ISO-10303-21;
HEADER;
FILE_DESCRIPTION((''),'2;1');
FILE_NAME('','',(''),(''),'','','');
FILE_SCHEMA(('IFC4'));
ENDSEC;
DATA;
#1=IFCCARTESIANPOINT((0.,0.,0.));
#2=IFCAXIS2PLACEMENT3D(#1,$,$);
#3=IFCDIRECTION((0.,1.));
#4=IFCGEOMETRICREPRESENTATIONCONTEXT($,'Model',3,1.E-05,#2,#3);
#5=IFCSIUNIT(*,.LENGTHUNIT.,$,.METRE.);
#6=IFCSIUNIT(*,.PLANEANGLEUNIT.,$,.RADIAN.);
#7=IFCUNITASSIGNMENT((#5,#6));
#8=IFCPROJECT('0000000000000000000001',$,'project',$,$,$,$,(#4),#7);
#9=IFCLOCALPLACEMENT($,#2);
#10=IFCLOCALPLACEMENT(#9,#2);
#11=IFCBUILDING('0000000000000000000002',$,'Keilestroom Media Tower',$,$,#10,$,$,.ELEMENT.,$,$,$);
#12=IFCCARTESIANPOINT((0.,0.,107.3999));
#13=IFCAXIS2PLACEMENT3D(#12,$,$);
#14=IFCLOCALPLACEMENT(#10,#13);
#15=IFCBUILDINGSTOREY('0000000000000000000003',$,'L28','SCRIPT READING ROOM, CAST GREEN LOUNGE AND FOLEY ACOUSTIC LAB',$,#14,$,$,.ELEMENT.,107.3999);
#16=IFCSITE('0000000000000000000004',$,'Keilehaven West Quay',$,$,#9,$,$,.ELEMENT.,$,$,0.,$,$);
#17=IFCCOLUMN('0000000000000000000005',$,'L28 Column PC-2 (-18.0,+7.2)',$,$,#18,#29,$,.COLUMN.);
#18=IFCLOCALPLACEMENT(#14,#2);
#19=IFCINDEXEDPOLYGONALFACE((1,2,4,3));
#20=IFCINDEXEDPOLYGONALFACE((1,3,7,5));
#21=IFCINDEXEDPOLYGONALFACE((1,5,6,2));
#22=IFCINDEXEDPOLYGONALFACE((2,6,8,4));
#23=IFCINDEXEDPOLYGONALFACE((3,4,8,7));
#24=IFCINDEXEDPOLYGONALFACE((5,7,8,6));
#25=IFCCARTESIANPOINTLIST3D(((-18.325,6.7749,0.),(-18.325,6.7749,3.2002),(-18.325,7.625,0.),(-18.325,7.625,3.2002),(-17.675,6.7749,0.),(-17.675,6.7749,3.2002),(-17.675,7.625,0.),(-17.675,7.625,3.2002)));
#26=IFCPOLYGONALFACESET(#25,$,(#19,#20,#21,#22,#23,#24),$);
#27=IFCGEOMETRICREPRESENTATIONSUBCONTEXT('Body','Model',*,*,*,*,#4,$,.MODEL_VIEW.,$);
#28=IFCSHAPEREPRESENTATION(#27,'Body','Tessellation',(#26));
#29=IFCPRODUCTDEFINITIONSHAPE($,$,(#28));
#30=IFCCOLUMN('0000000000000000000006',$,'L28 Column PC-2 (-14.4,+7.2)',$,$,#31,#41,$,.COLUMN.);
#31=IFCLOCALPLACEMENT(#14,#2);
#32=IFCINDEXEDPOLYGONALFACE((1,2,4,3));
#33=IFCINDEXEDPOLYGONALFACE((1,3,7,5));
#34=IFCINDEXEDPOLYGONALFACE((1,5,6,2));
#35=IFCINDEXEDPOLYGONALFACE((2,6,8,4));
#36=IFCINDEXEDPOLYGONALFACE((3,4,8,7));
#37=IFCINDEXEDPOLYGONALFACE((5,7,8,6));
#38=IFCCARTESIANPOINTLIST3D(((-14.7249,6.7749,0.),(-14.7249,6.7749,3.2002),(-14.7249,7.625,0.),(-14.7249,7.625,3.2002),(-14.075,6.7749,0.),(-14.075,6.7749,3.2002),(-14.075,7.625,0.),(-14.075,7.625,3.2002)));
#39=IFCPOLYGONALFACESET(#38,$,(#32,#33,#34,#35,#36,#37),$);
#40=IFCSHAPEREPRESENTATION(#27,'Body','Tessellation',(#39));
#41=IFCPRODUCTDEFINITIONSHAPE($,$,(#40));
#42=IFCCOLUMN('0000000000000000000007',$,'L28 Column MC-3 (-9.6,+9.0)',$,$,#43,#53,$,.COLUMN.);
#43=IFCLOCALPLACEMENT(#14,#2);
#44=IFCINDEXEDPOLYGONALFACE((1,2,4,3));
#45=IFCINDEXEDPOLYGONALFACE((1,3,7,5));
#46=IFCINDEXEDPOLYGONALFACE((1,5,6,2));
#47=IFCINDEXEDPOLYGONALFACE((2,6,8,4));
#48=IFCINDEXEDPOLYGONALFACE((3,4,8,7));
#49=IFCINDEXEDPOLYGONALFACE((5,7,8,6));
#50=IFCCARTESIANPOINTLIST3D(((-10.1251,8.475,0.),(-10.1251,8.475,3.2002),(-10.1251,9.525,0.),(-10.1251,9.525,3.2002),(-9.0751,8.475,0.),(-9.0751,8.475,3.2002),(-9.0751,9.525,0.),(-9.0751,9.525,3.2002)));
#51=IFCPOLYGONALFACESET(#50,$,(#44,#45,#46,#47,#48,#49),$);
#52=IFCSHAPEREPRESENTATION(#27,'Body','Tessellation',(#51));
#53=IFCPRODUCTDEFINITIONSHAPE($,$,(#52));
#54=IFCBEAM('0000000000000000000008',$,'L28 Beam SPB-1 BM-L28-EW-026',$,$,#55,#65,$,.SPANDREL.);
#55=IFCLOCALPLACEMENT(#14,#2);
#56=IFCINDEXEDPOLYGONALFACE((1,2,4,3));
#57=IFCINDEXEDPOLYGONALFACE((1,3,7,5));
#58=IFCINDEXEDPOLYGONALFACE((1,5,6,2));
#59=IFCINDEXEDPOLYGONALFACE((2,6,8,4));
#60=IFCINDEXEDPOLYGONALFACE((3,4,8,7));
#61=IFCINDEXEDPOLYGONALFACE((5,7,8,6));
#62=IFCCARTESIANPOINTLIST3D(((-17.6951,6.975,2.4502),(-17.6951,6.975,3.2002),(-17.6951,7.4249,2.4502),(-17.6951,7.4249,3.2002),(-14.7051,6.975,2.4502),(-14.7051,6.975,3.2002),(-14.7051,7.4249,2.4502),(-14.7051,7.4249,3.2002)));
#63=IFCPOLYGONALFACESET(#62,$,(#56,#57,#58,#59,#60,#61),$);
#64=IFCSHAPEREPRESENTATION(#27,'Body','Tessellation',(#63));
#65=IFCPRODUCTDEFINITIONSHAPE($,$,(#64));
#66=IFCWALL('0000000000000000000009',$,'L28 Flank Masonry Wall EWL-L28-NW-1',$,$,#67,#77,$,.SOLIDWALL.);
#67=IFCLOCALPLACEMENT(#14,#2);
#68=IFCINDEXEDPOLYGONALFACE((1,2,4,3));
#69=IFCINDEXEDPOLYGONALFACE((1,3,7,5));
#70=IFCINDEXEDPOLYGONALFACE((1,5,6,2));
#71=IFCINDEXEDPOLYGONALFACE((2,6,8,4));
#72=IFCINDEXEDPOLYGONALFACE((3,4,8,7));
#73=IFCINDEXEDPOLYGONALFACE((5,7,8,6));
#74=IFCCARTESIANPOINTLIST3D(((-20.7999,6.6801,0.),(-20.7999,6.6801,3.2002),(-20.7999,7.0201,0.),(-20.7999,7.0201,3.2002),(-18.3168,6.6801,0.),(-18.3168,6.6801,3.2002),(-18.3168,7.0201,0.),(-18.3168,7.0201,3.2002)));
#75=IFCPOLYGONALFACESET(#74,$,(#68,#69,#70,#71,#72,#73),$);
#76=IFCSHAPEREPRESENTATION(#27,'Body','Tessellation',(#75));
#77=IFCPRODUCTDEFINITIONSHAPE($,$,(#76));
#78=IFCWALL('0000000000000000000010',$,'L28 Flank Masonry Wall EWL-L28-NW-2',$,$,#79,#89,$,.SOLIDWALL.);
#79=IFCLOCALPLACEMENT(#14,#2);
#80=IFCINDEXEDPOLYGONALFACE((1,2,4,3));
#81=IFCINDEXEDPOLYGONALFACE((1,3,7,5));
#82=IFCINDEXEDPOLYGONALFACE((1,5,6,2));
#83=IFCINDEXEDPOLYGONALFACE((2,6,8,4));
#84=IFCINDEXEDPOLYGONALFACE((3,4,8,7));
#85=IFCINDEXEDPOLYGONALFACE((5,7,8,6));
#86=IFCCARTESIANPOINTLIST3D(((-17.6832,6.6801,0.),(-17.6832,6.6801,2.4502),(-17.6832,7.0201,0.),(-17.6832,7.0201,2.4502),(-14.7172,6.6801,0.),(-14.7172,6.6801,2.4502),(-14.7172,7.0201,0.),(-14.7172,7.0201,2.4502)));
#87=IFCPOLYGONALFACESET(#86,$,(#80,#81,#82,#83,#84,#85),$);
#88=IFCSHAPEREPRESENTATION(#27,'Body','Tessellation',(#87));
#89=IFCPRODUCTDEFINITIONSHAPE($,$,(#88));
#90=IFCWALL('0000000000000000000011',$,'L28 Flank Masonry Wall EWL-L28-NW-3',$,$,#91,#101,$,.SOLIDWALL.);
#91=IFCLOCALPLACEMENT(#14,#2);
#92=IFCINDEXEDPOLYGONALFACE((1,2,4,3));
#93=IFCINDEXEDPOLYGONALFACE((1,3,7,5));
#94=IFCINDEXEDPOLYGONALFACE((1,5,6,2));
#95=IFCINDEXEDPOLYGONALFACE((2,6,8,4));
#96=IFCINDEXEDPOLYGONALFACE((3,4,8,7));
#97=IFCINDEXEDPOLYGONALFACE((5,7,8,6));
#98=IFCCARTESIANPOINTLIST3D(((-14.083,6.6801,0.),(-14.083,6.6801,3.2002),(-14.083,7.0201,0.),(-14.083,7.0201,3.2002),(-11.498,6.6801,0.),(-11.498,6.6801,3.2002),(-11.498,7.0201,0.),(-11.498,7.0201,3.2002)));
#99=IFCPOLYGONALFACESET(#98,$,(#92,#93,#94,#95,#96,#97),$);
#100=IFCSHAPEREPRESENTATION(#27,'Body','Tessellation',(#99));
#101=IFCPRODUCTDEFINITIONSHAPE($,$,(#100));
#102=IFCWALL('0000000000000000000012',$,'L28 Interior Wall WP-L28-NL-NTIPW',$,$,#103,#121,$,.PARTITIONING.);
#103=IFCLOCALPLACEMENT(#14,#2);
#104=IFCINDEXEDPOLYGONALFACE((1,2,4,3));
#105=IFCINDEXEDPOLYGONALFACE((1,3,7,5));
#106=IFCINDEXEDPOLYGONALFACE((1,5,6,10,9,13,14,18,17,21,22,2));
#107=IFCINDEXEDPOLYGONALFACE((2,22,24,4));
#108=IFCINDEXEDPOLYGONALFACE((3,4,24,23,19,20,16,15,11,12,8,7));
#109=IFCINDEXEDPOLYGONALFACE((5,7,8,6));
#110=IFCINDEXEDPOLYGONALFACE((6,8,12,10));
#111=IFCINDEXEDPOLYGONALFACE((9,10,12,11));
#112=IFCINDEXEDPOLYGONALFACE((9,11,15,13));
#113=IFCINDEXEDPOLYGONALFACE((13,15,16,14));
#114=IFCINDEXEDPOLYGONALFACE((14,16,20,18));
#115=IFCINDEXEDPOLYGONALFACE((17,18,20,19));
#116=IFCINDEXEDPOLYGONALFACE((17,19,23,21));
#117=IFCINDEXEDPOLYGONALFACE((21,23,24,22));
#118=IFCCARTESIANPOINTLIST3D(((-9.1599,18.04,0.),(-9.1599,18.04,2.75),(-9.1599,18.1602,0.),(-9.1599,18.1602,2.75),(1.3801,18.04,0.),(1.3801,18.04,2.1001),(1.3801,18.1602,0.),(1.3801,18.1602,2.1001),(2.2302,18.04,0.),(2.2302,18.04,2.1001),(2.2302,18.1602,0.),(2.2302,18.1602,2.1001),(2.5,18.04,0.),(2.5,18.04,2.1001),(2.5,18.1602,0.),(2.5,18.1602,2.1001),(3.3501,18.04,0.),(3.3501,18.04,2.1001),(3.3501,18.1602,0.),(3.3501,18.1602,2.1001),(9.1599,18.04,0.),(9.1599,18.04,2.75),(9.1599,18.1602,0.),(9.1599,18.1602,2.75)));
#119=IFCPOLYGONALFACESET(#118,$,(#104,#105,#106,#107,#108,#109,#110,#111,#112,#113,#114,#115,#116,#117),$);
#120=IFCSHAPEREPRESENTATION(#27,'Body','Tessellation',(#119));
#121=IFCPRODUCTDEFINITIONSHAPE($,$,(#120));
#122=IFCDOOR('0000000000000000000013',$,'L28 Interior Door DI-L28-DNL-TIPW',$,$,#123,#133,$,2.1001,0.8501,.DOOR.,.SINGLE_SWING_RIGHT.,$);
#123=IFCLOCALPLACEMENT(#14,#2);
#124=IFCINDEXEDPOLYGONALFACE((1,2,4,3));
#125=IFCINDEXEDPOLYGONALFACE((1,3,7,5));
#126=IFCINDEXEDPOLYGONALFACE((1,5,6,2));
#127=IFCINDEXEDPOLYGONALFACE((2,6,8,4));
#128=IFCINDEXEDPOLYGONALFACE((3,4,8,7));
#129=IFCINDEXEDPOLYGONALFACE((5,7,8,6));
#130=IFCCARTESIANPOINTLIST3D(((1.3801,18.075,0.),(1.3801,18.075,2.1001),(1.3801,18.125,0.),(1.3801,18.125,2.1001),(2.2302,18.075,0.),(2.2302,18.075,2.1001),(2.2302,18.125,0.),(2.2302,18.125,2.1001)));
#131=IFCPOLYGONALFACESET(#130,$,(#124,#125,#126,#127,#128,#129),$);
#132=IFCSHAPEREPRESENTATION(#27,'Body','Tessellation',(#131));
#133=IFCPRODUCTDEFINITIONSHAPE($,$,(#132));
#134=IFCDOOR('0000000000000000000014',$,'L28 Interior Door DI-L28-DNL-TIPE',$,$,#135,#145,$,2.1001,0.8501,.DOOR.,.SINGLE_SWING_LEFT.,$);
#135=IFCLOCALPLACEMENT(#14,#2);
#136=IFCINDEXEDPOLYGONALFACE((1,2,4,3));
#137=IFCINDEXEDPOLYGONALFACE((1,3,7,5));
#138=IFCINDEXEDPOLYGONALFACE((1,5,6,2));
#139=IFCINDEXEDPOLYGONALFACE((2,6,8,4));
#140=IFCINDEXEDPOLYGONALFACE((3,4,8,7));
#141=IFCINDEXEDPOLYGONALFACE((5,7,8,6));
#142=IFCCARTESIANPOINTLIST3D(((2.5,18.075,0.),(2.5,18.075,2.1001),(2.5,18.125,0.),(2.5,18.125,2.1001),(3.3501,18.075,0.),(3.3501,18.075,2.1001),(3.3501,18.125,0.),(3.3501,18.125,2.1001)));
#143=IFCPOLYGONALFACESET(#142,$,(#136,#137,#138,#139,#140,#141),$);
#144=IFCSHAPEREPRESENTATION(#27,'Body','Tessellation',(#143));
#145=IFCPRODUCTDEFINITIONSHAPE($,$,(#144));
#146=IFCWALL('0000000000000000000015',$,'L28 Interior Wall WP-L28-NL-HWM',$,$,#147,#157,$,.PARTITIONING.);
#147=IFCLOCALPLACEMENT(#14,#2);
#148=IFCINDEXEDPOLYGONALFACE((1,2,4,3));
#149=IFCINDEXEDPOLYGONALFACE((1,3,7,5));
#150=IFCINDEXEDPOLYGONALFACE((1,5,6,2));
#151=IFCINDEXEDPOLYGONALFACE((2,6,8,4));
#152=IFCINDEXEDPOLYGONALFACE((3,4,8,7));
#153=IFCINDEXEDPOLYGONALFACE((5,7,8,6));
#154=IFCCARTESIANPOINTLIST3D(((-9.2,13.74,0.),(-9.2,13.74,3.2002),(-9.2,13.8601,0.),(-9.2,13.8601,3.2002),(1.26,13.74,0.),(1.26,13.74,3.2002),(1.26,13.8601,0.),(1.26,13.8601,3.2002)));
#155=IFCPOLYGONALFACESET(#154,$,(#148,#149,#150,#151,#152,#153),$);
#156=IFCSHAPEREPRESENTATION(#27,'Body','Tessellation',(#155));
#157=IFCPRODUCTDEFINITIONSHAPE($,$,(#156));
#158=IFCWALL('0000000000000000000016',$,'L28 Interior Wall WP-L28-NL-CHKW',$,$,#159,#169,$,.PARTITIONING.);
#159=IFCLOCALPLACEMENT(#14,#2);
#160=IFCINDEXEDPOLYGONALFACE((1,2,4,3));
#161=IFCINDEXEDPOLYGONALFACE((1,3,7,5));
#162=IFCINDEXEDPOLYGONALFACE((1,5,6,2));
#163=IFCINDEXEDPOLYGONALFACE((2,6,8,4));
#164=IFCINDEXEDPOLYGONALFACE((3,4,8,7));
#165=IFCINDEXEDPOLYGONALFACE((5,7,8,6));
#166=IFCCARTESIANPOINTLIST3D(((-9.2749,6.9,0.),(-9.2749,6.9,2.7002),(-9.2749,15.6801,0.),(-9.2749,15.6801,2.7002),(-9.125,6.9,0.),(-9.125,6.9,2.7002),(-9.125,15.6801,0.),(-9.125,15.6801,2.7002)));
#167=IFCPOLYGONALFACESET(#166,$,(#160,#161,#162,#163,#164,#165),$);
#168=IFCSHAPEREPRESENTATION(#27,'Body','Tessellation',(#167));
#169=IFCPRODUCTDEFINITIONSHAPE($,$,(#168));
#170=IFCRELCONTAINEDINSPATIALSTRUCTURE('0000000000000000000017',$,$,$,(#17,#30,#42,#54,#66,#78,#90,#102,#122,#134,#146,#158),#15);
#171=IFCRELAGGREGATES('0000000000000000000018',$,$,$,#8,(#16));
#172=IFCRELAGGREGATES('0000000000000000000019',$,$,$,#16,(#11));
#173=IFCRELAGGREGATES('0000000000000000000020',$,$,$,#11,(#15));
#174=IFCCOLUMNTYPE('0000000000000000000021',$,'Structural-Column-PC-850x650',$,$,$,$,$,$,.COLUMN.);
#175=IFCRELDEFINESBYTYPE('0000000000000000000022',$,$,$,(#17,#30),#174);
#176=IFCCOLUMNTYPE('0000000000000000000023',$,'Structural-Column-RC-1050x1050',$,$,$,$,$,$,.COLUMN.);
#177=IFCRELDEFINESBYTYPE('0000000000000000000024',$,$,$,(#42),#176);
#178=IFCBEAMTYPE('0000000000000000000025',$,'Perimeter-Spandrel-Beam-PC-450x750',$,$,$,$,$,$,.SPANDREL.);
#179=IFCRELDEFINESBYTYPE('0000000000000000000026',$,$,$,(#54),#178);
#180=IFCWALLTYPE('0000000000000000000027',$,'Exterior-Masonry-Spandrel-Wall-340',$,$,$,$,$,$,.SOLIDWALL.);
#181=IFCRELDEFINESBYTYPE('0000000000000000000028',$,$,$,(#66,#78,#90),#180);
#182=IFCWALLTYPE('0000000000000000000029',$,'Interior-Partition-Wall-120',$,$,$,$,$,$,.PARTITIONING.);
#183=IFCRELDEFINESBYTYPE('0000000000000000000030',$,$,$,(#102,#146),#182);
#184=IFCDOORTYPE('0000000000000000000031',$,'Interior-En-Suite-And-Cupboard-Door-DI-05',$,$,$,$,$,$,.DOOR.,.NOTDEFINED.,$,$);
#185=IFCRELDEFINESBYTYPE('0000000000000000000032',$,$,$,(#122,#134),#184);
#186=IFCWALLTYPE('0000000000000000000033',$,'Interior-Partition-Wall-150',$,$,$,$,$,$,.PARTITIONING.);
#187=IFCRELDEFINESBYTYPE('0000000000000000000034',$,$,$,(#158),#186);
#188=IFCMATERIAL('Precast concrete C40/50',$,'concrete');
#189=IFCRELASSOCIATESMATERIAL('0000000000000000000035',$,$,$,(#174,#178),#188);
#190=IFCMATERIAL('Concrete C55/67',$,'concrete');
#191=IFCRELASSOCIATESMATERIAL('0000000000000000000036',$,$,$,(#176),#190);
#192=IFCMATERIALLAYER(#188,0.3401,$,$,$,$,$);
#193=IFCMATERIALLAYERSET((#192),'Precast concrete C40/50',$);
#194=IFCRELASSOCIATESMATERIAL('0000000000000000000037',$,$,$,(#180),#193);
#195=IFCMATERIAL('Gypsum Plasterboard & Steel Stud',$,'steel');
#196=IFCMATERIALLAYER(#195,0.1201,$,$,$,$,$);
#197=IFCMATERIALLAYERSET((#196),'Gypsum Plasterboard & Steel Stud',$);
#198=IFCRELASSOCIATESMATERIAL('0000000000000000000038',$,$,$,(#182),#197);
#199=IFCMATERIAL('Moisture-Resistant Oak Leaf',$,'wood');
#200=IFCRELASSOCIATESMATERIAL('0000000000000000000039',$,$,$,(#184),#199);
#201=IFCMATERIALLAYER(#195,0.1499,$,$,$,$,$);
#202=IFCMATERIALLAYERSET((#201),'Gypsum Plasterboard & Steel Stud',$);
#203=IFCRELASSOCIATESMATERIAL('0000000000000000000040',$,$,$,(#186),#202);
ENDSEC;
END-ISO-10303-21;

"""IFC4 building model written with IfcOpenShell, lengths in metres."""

from ifc_helpers import new_model, si_unit, direction, frame, frame_2d, origin, origin_2d, place, context, subcontext, project, spatial, rectangle, extrude, source, transform, mapped, material, layer, layer_set, material_profile, profile_set, type_object, element, fill, save


model = new_model("IFC4")

# Units and contexts
model_context = context("Model", 3, precision=1e-05, world=origin(), true_north=direction((0.0, 1.0)))
body_context = subcontext(model_context, "Body", "Model", "MODEL_VIEW")
ifc_project = project(units=[si_unit("LENGTHUNIT", "METRE"), si_unit("PLANEANGLEUNIT", "RADIAN")], contexts=[model_context])

# Site, building, storey
site_placement = place(None, origin())
site = spatial("IfcSite", under=ifc_project, at=site_placement, Name="Keilehaven West Quay", CompositionType="ELEMENT", RefElevation=0.0)
building_placement = place(site_placement, origin())
building = spatial("IfcBuilding", under=site, at=building_placement, Name="Keilestroom Media Tower", CompositionType="ELEMENT")
storey_placement = place(building_placement, frame((0.0, 0.0, 107.3999)))
storey = spatial("IfcBuildingStorey", under=building, at=storey_placement, Name="L28", Description="SCRIPT READING ROOM, CAST GREEN LOUNGE AND FOLEY ACOUSTIC LAB", CompositionType="ELEMENT", Elevation=107.3999)

# Columns
ifc_material_1 = material(Name="Precast concrete C40/50", Category="concrete")
ifc_material_profile_1 = material_profile(ifc_material_1, rectangle(XDim=0.6499, YDim=0.8501, at=origin_2d()), Name="PC 850x650")
ifc_profile_set_1 = profile_set([ifc_material_profile_1], Name="Precast concrete C40/50")
column_type_1 = type_object("IfcColumnType", Name="Structural-Column-PC-850x650", PredefinedType="COLUMN", material=ifc_profile_set_1)
shared_shape_1 = source(origin(), body_context, "Body", "SweptSolid", [
    extrude(rectangle(XDim=0.6499, YDim=0.8501, at=origin_2d()), origin(), (0.0, 0.0, 1.0), 3.2002),
])
for number, where, z_axis, x_axis, name in (
    (1, (-18.0, 7.2, 0.0), (0.0, 0.0, 1.0), (1.0, 0.0, 0.0), "L28 Column PC-2 (-18.0,+7.2)"),
    (2, (-14.3999, 7.2, 0.0), (0.0, 0.0, 1.0), (1.0, 0.0, 0.0), "L28 Column PC-2 (-14.4,+7.2)"),
):
    element("IfcColumn", number, at=place(storey_placement, frame(where, z_axis=z_axis, x_axis=x_axis)), inside=storey, type_object=column_type_1, Name=name, PredefinedType="COLUMN", context=body_context, shape_type="MappedRepresentation", body=[
        mapped(shared_shape_1, transform((0.0, 0.0, 0.0), x_axis=(1.0, 0.0, 0.0), y_axis=(0.0, 1.0, 0.0), z_axis=(0.0, 0.0, 1.0), scale=1.0)),
    ])
ifc_material_2 = material(Name="Concrete C55/67", Category="concrete")
ifc_material_profile_2 = material_profile(ifc_material_2, rectangle(XDim=1.05, YDim=1.05, at=origin_2d()), Name="RC 1050x1050")
ifc_profile_set_2 = profile_set([ifc_material_profile_2], Name="Concrete C55/67")
column_type_2 = type_object("IfcColumnType", Name="Structural-Column-RC-1050x1050", PredefinedType="COLUMN", material=ifc_profile_set_2)
shared_shape_2 = source(origin(), body_context, "Body", "SweptSolid", [
    extrude(rectangle(XDim=1.05, YDim=1.05, at=origin_2d()), origin(), (0.0, 0.0, 1.0), 3.2002),
])
column_placement = place(storey_placement, frame((-9.6001, 9.0, 0.0), z_axis=(0.0, 0.0, 1.0), x_axis=(1.0, 0.0, 0.0)))
element("IfcColumn", 3, at=column_placement, inside=storey, type_object=column_type_2, Name="L28 Column MC-3 (-9.6,+9.0)", PredefinedType="COLUMN", context=body_context, shape_type="MappedRepresentation", body=[
    mapped(shared_shape_2, transform((0.0, 0.0, 0.0), x_axis=(1.0, 0.0, 0.0), y_axis=(0.0, 1.0, 0.0), z_axis=(0.0, 0.0, 1.0), scale=1.0)),
])

# Beam
ifc_material_profile_3 = material_profile(ifc_material_1, rectangle(XDim=0.45, YDim=0.75, at=origin_2d()), Name="PC 450x750")
ifc_profile_set_3 = profile_set([ifc_material_profile_3], Name="Precast concrete C40/50")
beam_type = type_object("IfcBeamType", Name="Perimeter-Spandrel-Beam-PC-450x750", PredefinedType="SPANDREL", material=ifc_profile_set_3)
shared_shape_3 = source(origin(), body_context, "Body", "SweptSolid", [
    extrude(rectangle(XDim=0.45, YDim=0.75, at=origin_2d()), origin(), (0.0, 0.0, 1.0), 2.99),
])
beam_placement = place(storey_placement, frame((-17.6951, 7.2, 2.8252), z_axis=(1.0, 0.0, 0.0), x_axis=(0.0, 1.0, 0.0)))
element("IfcBeam", 4, at=beam_placement, inside=storey, type_object=beam_type, Name="L28 Beam SPB-1 BM-L28-EW-026", PredefinedType="SPANDREL", context=body_context, shape_type="MappedRepresentation", body=[
    mapped(shared_shape_3, transform((0.0, 0.0, 0.0), x_axis=(1.0, 0.0, 0.0), y_axis=(0.0, 1.0, 0.0), z_axis=(0.0, 0.0, 1.0), scale=1.0)),
])

# Walls
ifc_layer_1 = layer(ifc_material_1, 0.3401)
ifc_layer_set_1 = layer_set([ifc_layer_1], Name="Precast concrete C40/50")
wall_type_1 = type_object("IfcWallType", Name="Exterior-Masonry-Spandrel-Wall-340", PredefinedType="SOLIDWALL", material=ifc_layer_set_1)
wall_1_placement = place(storey_placement, frame((-20.8, 6.8501, 0.0), z_axis=(0.0, 0.0, 1.0), x_axis=(1.0, 0.0, 0.0)))
element("IfcWall", 5, at=wall_1_placement, inside=storey, type_object=wall_type_1, Name="L28 Flank Masonry Wall EWL-L28-NW-1", PredefinedType="SOLIDWALL", context=body_context, shape_type="SweptSolid", body=[
    extrude(rectangle(XDim=2.4832, YDim=0.3401, at=frame_2d((1.2417, 0.0))), origin(), (0.0, 0.0, 1.0), 3.2002),
])
wall_2_placement = place(storey_placement, frame((-17.6831, 6.8501, 0.0), z_axis=(0.0, 0.0, 1.0), x_axis=(1.0, 0.0, 0.0)))
element("IfcWall", 6, at=wall_2_placement, inside=storey, type_object=wall_type_1, Name="L28 Flank Masonry Wall EWL-L28-NW-2", PredefinedType="SOLIDWALL", context=body_context, shape_type="SweptSolid", body=[
    extrude(rectangle(XDim=2.9661, YDim=0.3401, at=frame_2d((1.4829, 0.0))), origin(), (0.0, 0.0, 1.0), 2.4502),
])
wall_3_placement = place(storey_placement, frame((-14.083, 6.8501, 0.0), z_axis=(0.0, 0.0, 1.0), x_axis=(1.0, 0.0, 0.0)))
element("IfcWall", 7, at=wall_3_placement, inside=storey, type_object=wall_type_1, Name="L28 Flank Masonry Wall EWL-L28-NW-3", PredefinedType="SOLIDWALL", context=body_context, shape_type="SweptSolid", body=[
    extrude(rectangle(XDim=2.585, YDim=0.3401, at=frame_2d((1.2925, 0.0))), origin(), (0.0, 0.0, 1.0), 3.2002),
])

# Wall, openings, doors
ifc_material_3 = material(Name="Gypsum Plasterboard & Steel Stud", Category="steel")
ifc_layer_2 = layer(ifc_material_3, 0.1201)
ifc_layer_set_2 = layer_set([ifc_layer_2], Name="Gypsum Plasterboard & Steel Stud")
wall_type_2 = type_object("IfcWallType", Name="Interior-Partition-Wall-120", PredefinedType="PARTITIONING", material=ifc_layer_set_2)
wall_4_placement = place(storey_placement, frame((-9.1599, 18.1001, 0.0), z_axis=(0.0, 0.0, 1.0), x_axis=(1.0, 0.0, 0.0)))
wall_4 = element("IfcWall", 8, at=wall_4_placement, inside=storey, type_object=wall_type_2, Name="L28 Interior Wall WP-L28-NL-NTIPW", PredefinedType="PARTITIONING", context=body_context, shape_type="SweptSolid", body=[
    extrude(rectangle(XDim=18.3198, YDim=0.1201, at=frame_2d((9.1599, 0.0))), origin(), (0.0, 0.0, 1.0), 2.75),
])
opening_1_placement = place(wall_4_placement, frame((10.54, 0.0, 0.0)))
opening_1 = element("IfcOpeningElement", 9, at=opening_1_placement, cuts=wall_4, PredefinedType="OPENING", context=body_context, shape_type="SweptSolid", body=[
    extrude(rectangle(XDim=0.8501, YDim=2.1001, at=frame_2d((0.425, 1.05))), frame((0.0, 0.0701, 0.0), z_axis=(0.0, -1.0, 0.0), x_axis=(1.0, 0.0, 0.0)), (0.0, 0.0, 1.0), 0.1401),
])
opening_2_placement = place(wall_4_placement, frame((11.6599, 0.0, 0.0)))
opening_2 = element("IfcOpeningElement", 10, at=opening_2_placement, cuts=wall_4, PredefinedType="OPENING", context=body_context, shape_type="SweptSolid", body=[
    extrude(rectangle(XDim=0.8501, YDim=2.1001, at=frame_2d((0.425, 1.05))), frame((0.0, 0.0701, 0.0), z_axis=(0.0, -1.0, 0.0), x_axis=(1.0, 0.0, 0.0)), (0.0, 0.0, 1.0), 0.1401),
])
ifc_material_4 = material(Name="Moisture-Resistant Oak Leaf", Category="wood")
door_type = type_object("IfcDoorType", Name="Interior-En-Suite-And-Cupboard-Door-DI-05", OperationType="NOTDEFINED", PredefinedType="DOOR", material=ifc_material_4)
shared_shape_4 = source(origin(), body_context, "Body", "SweptSolid", [
    extrude(rectangle(XDim=0.8501, YDim=2.1001, at=frame_2d((0.425, 1.05))), frame((0.0, 0.0249, 0.0), z_axis=(0.0, -1.0, 0.0), x_axis=(1.0, 0.0, 0.0)), (0.0, 0.0, 1.0), 0.05),
])
door_1_placement = place(opening_1_placement, origin())
door_1 = element("IfcDoor", 11, at=door_1_placement, inside=storey, type_object=door_type, Name="L28 Interior Door DI-L28-DNL-TIPW", OperationType="SINGLE_SWING_RIGHT", OverallHeight=2.1001, OverallWidth=0.8501, PredefinedType="DOOR", context=body_context, shape_type="MappedRepresentation", body=[
    mapped(shared_shape_4, transform((0.0, 0.0, 0.0), x_axis=(1.0, 0.0, 0.0), y_axis=(0.0, 1.0, 0.0), z_axis=(0.0, 0.0, 1.0), scale=1.0)),
])
fill(opening_1, door_1)
door_2_placement = place(opening_2_placement, origin())
door_2 = element("IfcDoor", 12, at=door_2_placement, inside=storey, type_object=door_type, Name="L28 Interior Door DI-L28-DNL-TIPE", OperationType="SINGLE_SWING_LEFT", OverallHeight=2.1001, OverallWidth=0.8501, PredefinedType="DOOR", context=body_context, shape_type="MappedRepresentation", body=[
    mapped(shared_shape_4, transform((0.0, 0.0, 0.0), x_axis=(1.0, 0.0, 0.0), y_axis=(0.0, 1.0, 0.0), z_axis=(0.0, 0.0, 1.0), scale=1.0)),
])
fill(opening_2, door_2)

# Walls
wall_5_placement = place(storey_placement, frame((-9.2, 13.8, 0.0), z_axis=(0.0, 0.0, 1.0), x_axis=(1.0, 0.0, 0.0)))
element("IfcWall", 13, at=wall_5_placement, inside=storey, type_object=wall_type_2, Name="L28 Interior Wall WP-L28-NL-HWM", PredefinedType="PARTITIONING", context=body_context, shape_type="SweptSolid", body=[
    extrude(rectangle(XDim=10.46, YDim=0.1201, at=frame_2d((5.23, 0.0))), origin(), (0.0, 0.0, 1.0), 3.2002),
])
ifc_layer_3 = layer(ifc_material_3, 0.1499)
ifc_layer_set_3 = layer_set([ifc_layer_3], Name="Gypsum Plasterboard & Steel Stud")
wall_type_3 = type_object("IfcWallType", Name="Interior-Partition-Wall-150", PredefinedType="PARTITIONING", material=ifc_layer_set_3)
wall_6_placement = place(storey_placement, frame((-9.2, 6.8999, 0.0), z_axis=(0.0, 0.0, 1.0), x_axis=(0.0, 1.0, 0.0)))
element("IfcWall", 14, at=wall_6_placement, inside=storey, type_object=wall_type_3, Name="L28 Interior Wall WP-L28-NL-CHKW", PredefinedType="PARTITIONING", context=body_context, shape_type="SweptSolid", body=[
    extrude(rectangle(XDim=8.78, YDim=0.1499, at=frame_2d((4.3901, 0.0))), origin(), (0.0, 0.0, 1.0), 2.7002),
])

save(model, "model.ifc")
